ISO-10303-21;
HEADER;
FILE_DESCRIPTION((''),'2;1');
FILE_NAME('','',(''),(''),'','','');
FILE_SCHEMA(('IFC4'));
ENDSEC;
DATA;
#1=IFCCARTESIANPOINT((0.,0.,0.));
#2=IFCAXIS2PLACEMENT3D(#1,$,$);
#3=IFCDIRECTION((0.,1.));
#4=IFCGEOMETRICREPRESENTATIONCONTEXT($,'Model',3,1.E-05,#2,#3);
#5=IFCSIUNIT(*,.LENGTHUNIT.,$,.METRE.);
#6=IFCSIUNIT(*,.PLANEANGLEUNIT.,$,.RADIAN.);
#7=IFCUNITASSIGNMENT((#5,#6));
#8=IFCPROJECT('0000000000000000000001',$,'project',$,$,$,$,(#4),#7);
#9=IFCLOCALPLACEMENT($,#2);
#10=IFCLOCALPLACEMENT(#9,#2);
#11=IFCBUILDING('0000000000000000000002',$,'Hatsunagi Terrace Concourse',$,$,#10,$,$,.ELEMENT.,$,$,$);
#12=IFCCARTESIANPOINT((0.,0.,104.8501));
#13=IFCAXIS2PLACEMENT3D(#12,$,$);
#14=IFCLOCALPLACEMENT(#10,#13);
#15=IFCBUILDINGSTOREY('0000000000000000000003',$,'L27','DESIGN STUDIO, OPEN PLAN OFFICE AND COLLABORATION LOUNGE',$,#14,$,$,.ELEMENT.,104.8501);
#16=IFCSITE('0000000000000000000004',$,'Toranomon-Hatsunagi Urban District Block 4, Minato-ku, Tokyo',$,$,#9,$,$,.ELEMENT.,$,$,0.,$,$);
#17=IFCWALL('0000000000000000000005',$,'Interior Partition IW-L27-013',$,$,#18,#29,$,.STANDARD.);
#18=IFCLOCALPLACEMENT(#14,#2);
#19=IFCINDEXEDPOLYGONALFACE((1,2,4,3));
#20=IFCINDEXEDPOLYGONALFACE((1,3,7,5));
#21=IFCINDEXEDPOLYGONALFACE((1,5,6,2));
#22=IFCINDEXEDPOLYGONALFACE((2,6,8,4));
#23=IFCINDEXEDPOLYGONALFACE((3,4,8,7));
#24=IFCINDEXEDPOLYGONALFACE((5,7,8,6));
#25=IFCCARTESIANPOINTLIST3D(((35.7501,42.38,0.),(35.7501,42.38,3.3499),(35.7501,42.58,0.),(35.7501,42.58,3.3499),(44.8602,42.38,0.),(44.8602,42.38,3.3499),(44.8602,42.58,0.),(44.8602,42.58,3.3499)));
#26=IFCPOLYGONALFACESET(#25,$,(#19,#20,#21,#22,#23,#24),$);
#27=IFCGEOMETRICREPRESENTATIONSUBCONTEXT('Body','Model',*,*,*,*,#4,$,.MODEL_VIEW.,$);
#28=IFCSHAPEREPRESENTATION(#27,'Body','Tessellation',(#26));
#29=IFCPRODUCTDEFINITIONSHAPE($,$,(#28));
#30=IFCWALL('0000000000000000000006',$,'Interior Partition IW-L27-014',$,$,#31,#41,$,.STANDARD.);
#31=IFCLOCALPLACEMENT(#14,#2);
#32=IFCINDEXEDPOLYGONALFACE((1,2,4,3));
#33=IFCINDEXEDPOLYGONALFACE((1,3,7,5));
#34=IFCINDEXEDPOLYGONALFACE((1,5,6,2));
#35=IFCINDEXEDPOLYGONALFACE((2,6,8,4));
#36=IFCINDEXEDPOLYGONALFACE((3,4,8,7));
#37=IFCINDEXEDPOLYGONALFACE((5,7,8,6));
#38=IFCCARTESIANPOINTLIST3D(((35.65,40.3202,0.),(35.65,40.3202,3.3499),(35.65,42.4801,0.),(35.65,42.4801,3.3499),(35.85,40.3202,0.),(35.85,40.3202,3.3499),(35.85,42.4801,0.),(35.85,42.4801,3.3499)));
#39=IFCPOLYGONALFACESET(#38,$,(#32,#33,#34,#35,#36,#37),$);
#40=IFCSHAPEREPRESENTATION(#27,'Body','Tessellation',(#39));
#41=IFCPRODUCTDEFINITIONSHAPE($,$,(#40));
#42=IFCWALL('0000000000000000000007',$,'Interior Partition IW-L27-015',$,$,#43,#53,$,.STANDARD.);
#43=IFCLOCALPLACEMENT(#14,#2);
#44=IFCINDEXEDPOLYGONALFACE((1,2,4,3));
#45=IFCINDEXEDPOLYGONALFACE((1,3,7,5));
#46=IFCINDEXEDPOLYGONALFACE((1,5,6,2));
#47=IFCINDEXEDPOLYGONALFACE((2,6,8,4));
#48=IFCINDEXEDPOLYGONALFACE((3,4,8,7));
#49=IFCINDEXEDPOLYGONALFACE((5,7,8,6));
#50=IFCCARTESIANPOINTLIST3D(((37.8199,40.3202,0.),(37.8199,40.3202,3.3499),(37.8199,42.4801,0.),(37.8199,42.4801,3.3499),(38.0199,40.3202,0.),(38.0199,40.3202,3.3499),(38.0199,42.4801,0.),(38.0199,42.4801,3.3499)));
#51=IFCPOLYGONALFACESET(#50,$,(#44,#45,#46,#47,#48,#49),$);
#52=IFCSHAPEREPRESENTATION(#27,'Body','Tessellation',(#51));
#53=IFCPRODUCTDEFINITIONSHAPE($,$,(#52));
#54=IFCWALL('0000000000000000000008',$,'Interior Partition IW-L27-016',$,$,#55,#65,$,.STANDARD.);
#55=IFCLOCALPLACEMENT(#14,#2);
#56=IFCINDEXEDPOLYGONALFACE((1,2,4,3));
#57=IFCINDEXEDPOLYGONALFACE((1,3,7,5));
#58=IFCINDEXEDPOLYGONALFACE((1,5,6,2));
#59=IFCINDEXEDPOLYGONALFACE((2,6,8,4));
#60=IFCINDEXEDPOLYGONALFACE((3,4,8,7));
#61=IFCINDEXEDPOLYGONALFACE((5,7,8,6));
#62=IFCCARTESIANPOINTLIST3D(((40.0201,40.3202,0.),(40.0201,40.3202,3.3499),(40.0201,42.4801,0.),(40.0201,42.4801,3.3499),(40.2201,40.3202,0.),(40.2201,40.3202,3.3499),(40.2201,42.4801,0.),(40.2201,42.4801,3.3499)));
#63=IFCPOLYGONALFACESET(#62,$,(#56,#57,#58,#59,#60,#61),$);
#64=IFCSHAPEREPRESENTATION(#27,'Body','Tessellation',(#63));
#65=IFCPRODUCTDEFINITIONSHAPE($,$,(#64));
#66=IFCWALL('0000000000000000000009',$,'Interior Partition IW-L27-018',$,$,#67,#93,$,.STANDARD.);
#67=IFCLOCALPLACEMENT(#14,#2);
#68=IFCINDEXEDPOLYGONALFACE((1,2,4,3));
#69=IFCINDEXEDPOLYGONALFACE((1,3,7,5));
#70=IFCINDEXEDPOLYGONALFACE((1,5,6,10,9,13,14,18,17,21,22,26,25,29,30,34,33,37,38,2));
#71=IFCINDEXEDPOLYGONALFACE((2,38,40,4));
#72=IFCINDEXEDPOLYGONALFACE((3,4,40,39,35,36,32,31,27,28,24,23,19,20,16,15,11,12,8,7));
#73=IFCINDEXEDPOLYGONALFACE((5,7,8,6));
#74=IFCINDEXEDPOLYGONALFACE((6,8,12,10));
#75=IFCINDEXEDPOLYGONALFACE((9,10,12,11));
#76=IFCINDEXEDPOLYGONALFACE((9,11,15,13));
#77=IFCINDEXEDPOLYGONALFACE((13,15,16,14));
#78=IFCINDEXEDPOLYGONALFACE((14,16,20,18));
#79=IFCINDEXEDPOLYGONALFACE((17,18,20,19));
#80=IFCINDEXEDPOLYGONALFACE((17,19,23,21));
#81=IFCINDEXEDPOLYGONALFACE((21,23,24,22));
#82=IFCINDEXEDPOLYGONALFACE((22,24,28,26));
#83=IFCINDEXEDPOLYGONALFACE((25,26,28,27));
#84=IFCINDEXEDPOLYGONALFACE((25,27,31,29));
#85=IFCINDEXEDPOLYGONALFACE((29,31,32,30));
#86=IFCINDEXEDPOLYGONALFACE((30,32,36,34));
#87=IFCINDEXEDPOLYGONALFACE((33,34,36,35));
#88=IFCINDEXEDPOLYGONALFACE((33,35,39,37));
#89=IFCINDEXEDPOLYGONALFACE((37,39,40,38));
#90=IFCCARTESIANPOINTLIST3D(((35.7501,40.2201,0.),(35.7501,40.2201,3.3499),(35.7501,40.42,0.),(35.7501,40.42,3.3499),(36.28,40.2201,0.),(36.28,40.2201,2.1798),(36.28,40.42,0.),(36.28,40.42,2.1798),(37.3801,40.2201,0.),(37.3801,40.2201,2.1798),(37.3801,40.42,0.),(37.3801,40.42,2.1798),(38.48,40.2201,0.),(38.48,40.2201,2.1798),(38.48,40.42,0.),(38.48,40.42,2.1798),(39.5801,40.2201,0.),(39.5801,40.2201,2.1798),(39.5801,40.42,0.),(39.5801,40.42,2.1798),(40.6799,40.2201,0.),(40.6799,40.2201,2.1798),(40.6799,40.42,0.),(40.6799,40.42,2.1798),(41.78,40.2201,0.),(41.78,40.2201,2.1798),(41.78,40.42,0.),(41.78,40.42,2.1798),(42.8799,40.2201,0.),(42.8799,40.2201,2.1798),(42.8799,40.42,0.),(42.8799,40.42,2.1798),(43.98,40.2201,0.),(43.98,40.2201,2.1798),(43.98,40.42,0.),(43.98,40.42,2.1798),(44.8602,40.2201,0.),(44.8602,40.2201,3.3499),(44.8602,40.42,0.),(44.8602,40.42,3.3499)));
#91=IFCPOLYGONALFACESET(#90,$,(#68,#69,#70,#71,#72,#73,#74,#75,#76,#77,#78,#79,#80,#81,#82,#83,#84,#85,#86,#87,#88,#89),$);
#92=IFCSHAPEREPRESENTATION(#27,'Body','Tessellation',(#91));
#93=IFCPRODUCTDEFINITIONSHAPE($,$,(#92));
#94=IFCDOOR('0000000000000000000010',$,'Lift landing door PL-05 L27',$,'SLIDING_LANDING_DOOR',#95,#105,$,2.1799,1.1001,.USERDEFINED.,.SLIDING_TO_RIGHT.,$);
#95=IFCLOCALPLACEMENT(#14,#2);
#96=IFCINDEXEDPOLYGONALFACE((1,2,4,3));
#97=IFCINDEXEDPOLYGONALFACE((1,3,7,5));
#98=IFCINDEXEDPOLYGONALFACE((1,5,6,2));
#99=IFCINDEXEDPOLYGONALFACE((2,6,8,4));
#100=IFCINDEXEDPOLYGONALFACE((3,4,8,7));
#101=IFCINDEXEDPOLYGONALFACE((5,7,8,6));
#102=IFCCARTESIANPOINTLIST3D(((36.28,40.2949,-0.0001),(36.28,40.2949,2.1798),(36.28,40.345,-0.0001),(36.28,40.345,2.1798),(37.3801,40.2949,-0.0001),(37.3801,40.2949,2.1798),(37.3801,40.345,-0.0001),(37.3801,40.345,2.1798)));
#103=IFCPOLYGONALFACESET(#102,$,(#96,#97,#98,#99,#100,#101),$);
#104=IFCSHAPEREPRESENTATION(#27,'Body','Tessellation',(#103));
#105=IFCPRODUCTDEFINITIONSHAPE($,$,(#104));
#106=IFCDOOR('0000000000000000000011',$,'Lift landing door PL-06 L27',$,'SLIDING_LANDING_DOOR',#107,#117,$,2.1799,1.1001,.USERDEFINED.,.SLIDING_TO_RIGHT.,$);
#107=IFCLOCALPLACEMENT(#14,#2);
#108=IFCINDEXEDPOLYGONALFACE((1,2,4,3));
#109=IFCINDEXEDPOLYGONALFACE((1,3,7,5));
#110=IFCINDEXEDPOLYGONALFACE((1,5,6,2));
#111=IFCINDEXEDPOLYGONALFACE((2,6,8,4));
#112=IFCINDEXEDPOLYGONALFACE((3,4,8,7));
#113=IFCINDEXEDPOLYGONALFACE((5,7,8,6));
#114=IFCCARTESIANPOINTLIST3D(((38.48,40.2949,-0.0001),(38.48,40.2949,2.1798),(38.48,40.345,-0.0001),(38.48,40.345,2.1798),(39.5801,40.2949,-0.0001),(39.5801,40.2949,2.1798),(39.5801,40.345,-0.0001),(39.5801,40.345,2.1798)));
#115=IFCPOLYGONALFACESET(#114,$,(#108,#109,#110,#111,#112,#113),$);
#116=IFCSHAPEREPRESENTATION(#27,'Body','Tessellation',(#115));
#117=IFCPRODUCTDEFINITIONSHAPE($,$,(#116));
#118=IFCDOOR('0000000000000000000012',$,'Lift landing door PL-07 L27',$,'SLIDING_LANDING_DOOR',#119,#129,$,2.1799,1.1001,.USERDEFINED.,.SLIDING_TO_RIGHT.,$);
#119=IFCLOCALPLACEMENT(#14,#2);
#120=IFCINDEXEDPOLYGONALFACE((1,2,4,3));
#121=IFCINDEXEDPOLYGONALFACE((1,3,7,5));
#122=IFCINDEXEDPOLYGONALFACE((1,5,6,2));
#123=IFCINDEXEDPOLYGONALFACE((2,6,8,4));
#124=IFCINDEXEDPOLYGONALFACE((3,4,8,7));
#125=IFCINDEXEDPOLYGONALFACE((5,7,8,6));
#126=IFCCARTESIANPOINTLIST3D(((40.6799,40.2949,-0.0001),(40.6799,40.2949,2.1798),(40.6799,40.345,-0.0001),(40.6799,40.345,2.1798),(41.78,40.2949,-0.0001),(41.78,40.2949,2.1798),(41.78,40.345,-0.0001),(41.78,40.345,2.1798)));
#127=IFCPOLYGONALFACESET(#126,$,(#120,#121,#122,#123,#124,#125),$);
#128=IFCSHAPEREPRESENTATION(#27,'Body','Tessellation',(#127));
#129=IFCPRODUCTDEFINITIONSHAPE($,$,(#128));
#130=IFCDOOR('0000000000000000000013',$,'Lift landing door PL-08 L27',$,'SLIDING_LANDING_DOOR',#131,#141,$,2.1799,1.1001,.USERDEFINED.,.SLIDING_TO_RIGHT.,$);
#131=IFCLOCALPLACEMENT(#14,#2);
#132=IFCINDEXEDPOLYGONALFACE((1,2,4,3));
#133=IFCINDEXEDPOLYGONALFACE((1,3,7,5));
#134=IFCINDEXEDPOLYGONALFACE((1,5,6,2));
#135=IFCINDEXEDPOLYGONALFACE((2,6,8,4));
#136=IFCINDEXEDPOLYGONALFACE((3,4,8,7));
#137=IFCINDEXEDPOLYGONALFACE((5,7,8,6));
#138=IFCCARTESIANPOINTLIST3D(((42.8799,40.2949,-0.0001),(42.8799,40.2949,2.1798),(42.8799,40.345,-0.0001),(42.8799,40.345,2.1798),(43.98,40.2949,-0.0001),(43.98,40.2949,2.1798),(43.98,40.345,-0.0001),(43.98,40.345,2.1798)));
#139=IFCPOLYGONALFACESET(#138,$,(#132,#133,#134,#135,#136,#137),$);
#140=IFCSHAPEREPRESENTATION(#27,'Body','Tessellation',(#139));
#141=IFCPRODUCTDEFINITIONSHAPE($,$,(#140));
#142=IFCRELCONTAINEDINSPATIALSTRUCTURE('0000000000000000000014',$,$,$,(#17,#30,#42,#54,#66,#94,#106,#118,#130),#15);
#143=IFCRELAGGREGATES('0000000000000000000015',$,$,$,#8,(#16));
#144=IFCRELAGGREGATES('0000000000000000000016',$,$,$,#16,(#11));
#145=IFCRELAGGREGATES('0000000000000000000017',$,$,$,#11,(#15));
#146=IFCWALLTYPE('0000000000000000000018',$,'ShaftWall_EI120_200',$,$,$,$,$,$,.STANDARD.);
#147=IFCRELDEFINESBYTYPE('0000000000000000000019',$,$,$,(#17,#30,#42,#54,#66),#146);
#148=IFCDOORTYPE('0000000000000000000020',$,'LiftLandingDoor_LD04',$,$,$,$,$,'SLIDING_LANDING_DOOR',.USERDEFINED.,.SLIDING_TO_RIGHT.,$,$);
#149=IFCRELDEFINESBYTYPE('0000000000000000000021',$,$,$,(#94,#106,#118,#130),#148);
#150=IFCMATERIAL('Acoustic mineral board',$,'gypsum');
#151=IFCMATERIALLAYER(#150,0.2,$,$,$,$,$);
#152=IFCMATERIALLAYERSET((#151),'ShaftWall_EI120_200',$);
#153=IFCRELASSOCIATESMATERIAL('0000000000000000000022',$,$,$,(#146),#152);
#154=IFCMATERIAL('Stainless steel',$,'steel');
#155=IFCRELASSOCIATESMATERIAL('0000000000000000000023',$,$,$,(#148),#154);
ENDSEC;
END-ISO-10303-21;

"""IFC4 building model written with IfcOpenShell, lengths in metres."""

from ifc_helpers import new_model, si_unit, direction, frame, frame_2d, origin, place, context, subcontext, project, spatial, rectangle, extrude, material, layer, layer_set, type_object, element, fill, save


model = new_model("IFC4")

# Units and contexts
model_context = context("Model", 3, precision=1e-05, world=origin(), true_north=direction((0.0, 1.0)))
body_context = subcontext(model_context, "Body", "Model", "MODEL_VIEW")
ifc_project = project(units=[si_unit("LENGTHUNIT", "METRE"), si_unit("PLANEANGLEUNIT", "RADIAN")], contexts=[model_context])

# Site, building, storey
site_placement = place(None, origin())
site = spatial("IfcSite", under=ifc_project, at=site_placement, Name="Toranomon-Hatsunagi Urban District Block 4, Minato-ku, Tokyo", CompositionType="ELEMENT", RefElevation=0.0)
building_placement = place(site_placement, origin())
building = spatial("IfcBuilding", under=site, at=building_placement, Name="Hatsunagi Terrace Concourse", CompositionType="ELEMENT")
storey_placement = place(building_placement, frame((0.0, 0.0, 104.8501)))
storey = spatial("IfcBuildingStorey", under=building, at=storey_placement, Name="L27", Description="DESIGN STUDIO, OPEN PLAN OFFICE AND COLLABORATION LOUNGE", CompositionType="ELEMENT", Elevation=104.8501)

# Shared definitions
ifc_material_1 = material(Name="Acoustic mineral board", Category="gypsum")
ifc_layer_1 = layer(ifc_material_1, 0.2)
ifc_layer_set_1 = layer_set([ifc_layer_1], Name="ShaftWall_EI120_200")
wall_type_1 = type_object("IfcWallType", Name="ShaftWall_EI120_200", PredefinedType="STANDARD", material=ifc_layer_set_1)

# Walls
wall_1_placement = place(storey_placement, frame((35.75, 42.48, 0.0), z_axis=(0.0, 0.0, 1.0), x_axis=(1.0, 0.0, 0.0)))
element("IfcWall", 1, at=wall_1_placement, inside=storey, type_object=wall_type_1, Name="Interior Partition IW-L27-013", PredefinedType="STANDARD", context=body_context, shape_type="SweptSolid", body=[
    extrude(rectangle(XDim=9.1101, YDim=0.2, at=frame_2d((4.5552, 0.0))), origin(), (0.0, 0.0, 1.0), 3.3499),
])
for number, where, z_axis, x_axis, name in (
    (2, (35.75, 40.3201, 0.0), (0.0, 0.0, 1.0), (0.0, 1.0, 0.0), "Interior Partition IW-L27-014"),
    (3, (37.9199, 40.3201, 0.0), (0.0, 0.0, 1.0), (0.0, 1.0, 0.0), "Interior Partition IW-L27-015"),
    (4, (40.1201, 40.3201, 0.0), (0.0, 0.0, 1.0), (0.0, 1.0, 0.0), "Interior Partition IW-L27-016"),
):
    element("IfcWall", number, at=place(storey_placement, frame(where, z_axis=z_axis, x_axis=x_axis)), inside=storey, type_object=wall_type_1, Name=name, PredefinedType="STANDARD", context=body_context, shape_type="SweptSolid", body=[
        extrude(rectangle(XDim=2.1599, YDim=0.2, at=frame_2d((1.0801, 0.0))), origin(), (0.0, 0.0, 1.0), 3.3499),
    ])

# Wall, openings, doors
wall_2_placement = place(storey_placement, frame((35.75, 40.3201, 0.0), z_axis=(0.0, 0.0, 1.0), x_axis=(1.0, 0.0, 0.0)))
wall_2 = element("IfcWall", 5, at=wall_2_placement, inside=storey, type_object=wall_type_1, Name="Interior Partition IW-L27-018", PredefinedType="STANDARD", context=body_context, shape_type="SweptSolid", body=[
    extrude(rectangle(XDim=9.1101, YDim=0.2, at=frame_2d((4.5552, 0.0))), origin(), (0.0, 0.0, 1.0), 3.3499),
])
opening_1_placement = place(wall_2_placement, frame((0.53, 0.0, 0.0)))
opening_1 = element("IfcOpeningElement", 6, at=opening_1_placement, cuts=wall_2, PredefinedType="OPENING", context=body_context, shape_type="SweptSolid", body=[
    extrude(rectangle(XDim=1.1001, YDim=2.1799, at=frame_2d((0.55, 1.0898))), frame((0.0, 0.1099, 0.0), z_axis=(0.0, -1.0, 0.0), x_axis=(1.0, 0.0, 0.0)), (0.0, 0.0, 1.0), 0.22),
])
opening_2_placement = place(wall_2_placement, frame((2.73, 0.0, 0.0)))
opening_2 = element("IfcOpeningElement", 7, at=opening_2_placement, cuts=wall_2, PredefinedType="OPENING", context=body_context, shape_type="SweptSolid", body=[
    extrude(rectangle(XDim=1.1001, YDim=2.1799, at=frame_2d((0.55, 1.0898))), frame((0.0, 0.1099, 0.0), z_axis=(0.0, -1.0, 0.0), x_axis=(1.0, 0.0, 0.0)), (0.0, 0.0, 1.0), 0.22),
])
opening_3_placement = place(wall_2_placement, frame((4.9299, 0.0, 0.0)))
opening_3 = element("IfcOpeningElement", 8, at=opening_3_placement, cuts=wall_2, PredefinedType="OPENING", context=body_context, shape_type="SweptSolid", body=[
    extrude(rectangle(XDim=1.1001, YDim=2.1799, at=frame_2d((0.55, 1.0898))), frame((0.0, 0.1099, 0.0), z_axis=(0.0, -1.0, 0.0), x_axis=(1.0, 0.0, 0.0)), (0.0, 0.0, 1.0), 0.22),
])
opening_4_placement = place(wall_2_placement, frame((7.1299, 0.0, 0.0)))
opening_4 = element("IfcOpeningElement", 9, at=opening_4_placement, cuts=wall_2, PredefinedType="OPENING", context=body_context, shape_type="SweptSolid", body=[
    extrude(rectangle(XDim=1.1001, YDim=2.1799, at=frame_2d((0.55, 1.0898))), frame((0.0, 0.1099, 0.0), z_axis=(0.0, -1.0, 0.0), x_axis=(1.0, 0.0, 0.0)), (0.0, 0.0, 1.0), 0.22),
])
ifc_material_2 = material(Name="Stainless steel", Category="steel")
door_type_1 = type_object("IfcDoorType", Name="LiftLandingDoor_LD04", ElementType="SLIDING_LANDING_DOOR", OperationType="SLIDING_TO_RIGHT", PredefinedType="USERDEFINED", material=ifc_material_2)
door_1_placement = place(opening_1_placement, origin())
door_1 = element("IfcDoor", 10, at=door_1_placement, inside=storey, type_object=door_type_1, Name="Lift landing door PL-05 L27", ObjectType="SLIDING_LANDING_DOOR", OperationType="SLIDING_TO_RIGHT", OverallHeight=2.1799, OverallWidth=1.1001, PredefinedType="USERDEFINED", context=body_context, shape_type="SweptSolid", body=[
    extrude(rectangle(XDim=1.1001, YDim=2.1799, at=frame_2d((0.55, 1.0898))), frame((0.0, 0.0249, 0.0), z_axis=(0.0, -1.0, 0.0), x_axis=(1.0, 0.0, 0.0)), (0.0, 0.0, 1.0), 0.05),
])
fill(opening_1, door_1)
door_2_placement = place(opening_2_placement, origin())
door_2 = element("IfcDoor", 11, at=door_2_placement, inside=storey, type_object=door_type_1, Name="Lift landing door PL-06 L27", ObjectType="SLIDING_LANDING_DOOR", OperationType="SLIDING_TO_RIGHT", OverallHeight=2.1799, OverallWidth=1.1001, PredefinedType="USERDEFINED", context=body_context, shape_type="SweptSolid", body=[
    extrude(rectangle(XDim=1.1001, YDim=2.1799, at=frame_2d((0.55, 1.0898))), frame((0.0, 0.0249, 0.0), z_axis=(0.0, -1.0, 0.0), x_axis=(1.0, 0.0, 0.0)), (0.0, 0.0, 1.0), 0.05),
])
fill(opening_2, door_2)
door_3_placement = place(opening_3_placement, origin())
door_3 = element("IfcDoor", 12, at=door_3_placement, inside=storey, type_object=door_type_1, Name="Lift landing door PL-07 L27", ObjectType="SLIDING_LANDING_DOOR", OperationType="SLIDING_TO_RIGHT", OverallHeight=2.1799, OverallWidth=1.1001, PredefinedType="USERDEFINED", context=body_context, shape_type="SweptSolid", body=[
    extrude(rectangle(XDim=1.1001, YDim=2.1799, at=frame_2d((0.55, 1.0898))), frame((0.0, 0.0249, 0.0), z_axis=(0.0, -1.0, 0.0), x_axis=(1.0, 0.0, 0.0)), (0.0, 0.0, 1.0), 0.05),
])
fill(opening_3, door_3)
door_4_placement = place(opening_4_placement, origin())
door_4 = element("IfcDoor", 13, at=door_4_placement, inside=storey, type_object=door_type_1, Name="Lift landing door PL-08 L27", ObjectType="SLIDING_LANDING_DOOR", OperationType="SLIDING_TO_RIGHT", OverallHeight=2.1799, OverallWidth=1.1001, PredefinedType="USERDEFINED", context=body_context, shape_type="SweptSolid", body=[
    extrude(rectangle(XDim=1.1001, YDim=2.1799, at=frame_2d((0.55, 1.0898))), frame((0.0, 0.0249, 0.0), z_axis=(0.0, -1.0, 0.0), x_axis=(1.0, 0.0, 0.0)), (0.0, 0.0, 1.0), 0.05),
])
fill(opening_4, door_4)

save(model, "model.ifc")
